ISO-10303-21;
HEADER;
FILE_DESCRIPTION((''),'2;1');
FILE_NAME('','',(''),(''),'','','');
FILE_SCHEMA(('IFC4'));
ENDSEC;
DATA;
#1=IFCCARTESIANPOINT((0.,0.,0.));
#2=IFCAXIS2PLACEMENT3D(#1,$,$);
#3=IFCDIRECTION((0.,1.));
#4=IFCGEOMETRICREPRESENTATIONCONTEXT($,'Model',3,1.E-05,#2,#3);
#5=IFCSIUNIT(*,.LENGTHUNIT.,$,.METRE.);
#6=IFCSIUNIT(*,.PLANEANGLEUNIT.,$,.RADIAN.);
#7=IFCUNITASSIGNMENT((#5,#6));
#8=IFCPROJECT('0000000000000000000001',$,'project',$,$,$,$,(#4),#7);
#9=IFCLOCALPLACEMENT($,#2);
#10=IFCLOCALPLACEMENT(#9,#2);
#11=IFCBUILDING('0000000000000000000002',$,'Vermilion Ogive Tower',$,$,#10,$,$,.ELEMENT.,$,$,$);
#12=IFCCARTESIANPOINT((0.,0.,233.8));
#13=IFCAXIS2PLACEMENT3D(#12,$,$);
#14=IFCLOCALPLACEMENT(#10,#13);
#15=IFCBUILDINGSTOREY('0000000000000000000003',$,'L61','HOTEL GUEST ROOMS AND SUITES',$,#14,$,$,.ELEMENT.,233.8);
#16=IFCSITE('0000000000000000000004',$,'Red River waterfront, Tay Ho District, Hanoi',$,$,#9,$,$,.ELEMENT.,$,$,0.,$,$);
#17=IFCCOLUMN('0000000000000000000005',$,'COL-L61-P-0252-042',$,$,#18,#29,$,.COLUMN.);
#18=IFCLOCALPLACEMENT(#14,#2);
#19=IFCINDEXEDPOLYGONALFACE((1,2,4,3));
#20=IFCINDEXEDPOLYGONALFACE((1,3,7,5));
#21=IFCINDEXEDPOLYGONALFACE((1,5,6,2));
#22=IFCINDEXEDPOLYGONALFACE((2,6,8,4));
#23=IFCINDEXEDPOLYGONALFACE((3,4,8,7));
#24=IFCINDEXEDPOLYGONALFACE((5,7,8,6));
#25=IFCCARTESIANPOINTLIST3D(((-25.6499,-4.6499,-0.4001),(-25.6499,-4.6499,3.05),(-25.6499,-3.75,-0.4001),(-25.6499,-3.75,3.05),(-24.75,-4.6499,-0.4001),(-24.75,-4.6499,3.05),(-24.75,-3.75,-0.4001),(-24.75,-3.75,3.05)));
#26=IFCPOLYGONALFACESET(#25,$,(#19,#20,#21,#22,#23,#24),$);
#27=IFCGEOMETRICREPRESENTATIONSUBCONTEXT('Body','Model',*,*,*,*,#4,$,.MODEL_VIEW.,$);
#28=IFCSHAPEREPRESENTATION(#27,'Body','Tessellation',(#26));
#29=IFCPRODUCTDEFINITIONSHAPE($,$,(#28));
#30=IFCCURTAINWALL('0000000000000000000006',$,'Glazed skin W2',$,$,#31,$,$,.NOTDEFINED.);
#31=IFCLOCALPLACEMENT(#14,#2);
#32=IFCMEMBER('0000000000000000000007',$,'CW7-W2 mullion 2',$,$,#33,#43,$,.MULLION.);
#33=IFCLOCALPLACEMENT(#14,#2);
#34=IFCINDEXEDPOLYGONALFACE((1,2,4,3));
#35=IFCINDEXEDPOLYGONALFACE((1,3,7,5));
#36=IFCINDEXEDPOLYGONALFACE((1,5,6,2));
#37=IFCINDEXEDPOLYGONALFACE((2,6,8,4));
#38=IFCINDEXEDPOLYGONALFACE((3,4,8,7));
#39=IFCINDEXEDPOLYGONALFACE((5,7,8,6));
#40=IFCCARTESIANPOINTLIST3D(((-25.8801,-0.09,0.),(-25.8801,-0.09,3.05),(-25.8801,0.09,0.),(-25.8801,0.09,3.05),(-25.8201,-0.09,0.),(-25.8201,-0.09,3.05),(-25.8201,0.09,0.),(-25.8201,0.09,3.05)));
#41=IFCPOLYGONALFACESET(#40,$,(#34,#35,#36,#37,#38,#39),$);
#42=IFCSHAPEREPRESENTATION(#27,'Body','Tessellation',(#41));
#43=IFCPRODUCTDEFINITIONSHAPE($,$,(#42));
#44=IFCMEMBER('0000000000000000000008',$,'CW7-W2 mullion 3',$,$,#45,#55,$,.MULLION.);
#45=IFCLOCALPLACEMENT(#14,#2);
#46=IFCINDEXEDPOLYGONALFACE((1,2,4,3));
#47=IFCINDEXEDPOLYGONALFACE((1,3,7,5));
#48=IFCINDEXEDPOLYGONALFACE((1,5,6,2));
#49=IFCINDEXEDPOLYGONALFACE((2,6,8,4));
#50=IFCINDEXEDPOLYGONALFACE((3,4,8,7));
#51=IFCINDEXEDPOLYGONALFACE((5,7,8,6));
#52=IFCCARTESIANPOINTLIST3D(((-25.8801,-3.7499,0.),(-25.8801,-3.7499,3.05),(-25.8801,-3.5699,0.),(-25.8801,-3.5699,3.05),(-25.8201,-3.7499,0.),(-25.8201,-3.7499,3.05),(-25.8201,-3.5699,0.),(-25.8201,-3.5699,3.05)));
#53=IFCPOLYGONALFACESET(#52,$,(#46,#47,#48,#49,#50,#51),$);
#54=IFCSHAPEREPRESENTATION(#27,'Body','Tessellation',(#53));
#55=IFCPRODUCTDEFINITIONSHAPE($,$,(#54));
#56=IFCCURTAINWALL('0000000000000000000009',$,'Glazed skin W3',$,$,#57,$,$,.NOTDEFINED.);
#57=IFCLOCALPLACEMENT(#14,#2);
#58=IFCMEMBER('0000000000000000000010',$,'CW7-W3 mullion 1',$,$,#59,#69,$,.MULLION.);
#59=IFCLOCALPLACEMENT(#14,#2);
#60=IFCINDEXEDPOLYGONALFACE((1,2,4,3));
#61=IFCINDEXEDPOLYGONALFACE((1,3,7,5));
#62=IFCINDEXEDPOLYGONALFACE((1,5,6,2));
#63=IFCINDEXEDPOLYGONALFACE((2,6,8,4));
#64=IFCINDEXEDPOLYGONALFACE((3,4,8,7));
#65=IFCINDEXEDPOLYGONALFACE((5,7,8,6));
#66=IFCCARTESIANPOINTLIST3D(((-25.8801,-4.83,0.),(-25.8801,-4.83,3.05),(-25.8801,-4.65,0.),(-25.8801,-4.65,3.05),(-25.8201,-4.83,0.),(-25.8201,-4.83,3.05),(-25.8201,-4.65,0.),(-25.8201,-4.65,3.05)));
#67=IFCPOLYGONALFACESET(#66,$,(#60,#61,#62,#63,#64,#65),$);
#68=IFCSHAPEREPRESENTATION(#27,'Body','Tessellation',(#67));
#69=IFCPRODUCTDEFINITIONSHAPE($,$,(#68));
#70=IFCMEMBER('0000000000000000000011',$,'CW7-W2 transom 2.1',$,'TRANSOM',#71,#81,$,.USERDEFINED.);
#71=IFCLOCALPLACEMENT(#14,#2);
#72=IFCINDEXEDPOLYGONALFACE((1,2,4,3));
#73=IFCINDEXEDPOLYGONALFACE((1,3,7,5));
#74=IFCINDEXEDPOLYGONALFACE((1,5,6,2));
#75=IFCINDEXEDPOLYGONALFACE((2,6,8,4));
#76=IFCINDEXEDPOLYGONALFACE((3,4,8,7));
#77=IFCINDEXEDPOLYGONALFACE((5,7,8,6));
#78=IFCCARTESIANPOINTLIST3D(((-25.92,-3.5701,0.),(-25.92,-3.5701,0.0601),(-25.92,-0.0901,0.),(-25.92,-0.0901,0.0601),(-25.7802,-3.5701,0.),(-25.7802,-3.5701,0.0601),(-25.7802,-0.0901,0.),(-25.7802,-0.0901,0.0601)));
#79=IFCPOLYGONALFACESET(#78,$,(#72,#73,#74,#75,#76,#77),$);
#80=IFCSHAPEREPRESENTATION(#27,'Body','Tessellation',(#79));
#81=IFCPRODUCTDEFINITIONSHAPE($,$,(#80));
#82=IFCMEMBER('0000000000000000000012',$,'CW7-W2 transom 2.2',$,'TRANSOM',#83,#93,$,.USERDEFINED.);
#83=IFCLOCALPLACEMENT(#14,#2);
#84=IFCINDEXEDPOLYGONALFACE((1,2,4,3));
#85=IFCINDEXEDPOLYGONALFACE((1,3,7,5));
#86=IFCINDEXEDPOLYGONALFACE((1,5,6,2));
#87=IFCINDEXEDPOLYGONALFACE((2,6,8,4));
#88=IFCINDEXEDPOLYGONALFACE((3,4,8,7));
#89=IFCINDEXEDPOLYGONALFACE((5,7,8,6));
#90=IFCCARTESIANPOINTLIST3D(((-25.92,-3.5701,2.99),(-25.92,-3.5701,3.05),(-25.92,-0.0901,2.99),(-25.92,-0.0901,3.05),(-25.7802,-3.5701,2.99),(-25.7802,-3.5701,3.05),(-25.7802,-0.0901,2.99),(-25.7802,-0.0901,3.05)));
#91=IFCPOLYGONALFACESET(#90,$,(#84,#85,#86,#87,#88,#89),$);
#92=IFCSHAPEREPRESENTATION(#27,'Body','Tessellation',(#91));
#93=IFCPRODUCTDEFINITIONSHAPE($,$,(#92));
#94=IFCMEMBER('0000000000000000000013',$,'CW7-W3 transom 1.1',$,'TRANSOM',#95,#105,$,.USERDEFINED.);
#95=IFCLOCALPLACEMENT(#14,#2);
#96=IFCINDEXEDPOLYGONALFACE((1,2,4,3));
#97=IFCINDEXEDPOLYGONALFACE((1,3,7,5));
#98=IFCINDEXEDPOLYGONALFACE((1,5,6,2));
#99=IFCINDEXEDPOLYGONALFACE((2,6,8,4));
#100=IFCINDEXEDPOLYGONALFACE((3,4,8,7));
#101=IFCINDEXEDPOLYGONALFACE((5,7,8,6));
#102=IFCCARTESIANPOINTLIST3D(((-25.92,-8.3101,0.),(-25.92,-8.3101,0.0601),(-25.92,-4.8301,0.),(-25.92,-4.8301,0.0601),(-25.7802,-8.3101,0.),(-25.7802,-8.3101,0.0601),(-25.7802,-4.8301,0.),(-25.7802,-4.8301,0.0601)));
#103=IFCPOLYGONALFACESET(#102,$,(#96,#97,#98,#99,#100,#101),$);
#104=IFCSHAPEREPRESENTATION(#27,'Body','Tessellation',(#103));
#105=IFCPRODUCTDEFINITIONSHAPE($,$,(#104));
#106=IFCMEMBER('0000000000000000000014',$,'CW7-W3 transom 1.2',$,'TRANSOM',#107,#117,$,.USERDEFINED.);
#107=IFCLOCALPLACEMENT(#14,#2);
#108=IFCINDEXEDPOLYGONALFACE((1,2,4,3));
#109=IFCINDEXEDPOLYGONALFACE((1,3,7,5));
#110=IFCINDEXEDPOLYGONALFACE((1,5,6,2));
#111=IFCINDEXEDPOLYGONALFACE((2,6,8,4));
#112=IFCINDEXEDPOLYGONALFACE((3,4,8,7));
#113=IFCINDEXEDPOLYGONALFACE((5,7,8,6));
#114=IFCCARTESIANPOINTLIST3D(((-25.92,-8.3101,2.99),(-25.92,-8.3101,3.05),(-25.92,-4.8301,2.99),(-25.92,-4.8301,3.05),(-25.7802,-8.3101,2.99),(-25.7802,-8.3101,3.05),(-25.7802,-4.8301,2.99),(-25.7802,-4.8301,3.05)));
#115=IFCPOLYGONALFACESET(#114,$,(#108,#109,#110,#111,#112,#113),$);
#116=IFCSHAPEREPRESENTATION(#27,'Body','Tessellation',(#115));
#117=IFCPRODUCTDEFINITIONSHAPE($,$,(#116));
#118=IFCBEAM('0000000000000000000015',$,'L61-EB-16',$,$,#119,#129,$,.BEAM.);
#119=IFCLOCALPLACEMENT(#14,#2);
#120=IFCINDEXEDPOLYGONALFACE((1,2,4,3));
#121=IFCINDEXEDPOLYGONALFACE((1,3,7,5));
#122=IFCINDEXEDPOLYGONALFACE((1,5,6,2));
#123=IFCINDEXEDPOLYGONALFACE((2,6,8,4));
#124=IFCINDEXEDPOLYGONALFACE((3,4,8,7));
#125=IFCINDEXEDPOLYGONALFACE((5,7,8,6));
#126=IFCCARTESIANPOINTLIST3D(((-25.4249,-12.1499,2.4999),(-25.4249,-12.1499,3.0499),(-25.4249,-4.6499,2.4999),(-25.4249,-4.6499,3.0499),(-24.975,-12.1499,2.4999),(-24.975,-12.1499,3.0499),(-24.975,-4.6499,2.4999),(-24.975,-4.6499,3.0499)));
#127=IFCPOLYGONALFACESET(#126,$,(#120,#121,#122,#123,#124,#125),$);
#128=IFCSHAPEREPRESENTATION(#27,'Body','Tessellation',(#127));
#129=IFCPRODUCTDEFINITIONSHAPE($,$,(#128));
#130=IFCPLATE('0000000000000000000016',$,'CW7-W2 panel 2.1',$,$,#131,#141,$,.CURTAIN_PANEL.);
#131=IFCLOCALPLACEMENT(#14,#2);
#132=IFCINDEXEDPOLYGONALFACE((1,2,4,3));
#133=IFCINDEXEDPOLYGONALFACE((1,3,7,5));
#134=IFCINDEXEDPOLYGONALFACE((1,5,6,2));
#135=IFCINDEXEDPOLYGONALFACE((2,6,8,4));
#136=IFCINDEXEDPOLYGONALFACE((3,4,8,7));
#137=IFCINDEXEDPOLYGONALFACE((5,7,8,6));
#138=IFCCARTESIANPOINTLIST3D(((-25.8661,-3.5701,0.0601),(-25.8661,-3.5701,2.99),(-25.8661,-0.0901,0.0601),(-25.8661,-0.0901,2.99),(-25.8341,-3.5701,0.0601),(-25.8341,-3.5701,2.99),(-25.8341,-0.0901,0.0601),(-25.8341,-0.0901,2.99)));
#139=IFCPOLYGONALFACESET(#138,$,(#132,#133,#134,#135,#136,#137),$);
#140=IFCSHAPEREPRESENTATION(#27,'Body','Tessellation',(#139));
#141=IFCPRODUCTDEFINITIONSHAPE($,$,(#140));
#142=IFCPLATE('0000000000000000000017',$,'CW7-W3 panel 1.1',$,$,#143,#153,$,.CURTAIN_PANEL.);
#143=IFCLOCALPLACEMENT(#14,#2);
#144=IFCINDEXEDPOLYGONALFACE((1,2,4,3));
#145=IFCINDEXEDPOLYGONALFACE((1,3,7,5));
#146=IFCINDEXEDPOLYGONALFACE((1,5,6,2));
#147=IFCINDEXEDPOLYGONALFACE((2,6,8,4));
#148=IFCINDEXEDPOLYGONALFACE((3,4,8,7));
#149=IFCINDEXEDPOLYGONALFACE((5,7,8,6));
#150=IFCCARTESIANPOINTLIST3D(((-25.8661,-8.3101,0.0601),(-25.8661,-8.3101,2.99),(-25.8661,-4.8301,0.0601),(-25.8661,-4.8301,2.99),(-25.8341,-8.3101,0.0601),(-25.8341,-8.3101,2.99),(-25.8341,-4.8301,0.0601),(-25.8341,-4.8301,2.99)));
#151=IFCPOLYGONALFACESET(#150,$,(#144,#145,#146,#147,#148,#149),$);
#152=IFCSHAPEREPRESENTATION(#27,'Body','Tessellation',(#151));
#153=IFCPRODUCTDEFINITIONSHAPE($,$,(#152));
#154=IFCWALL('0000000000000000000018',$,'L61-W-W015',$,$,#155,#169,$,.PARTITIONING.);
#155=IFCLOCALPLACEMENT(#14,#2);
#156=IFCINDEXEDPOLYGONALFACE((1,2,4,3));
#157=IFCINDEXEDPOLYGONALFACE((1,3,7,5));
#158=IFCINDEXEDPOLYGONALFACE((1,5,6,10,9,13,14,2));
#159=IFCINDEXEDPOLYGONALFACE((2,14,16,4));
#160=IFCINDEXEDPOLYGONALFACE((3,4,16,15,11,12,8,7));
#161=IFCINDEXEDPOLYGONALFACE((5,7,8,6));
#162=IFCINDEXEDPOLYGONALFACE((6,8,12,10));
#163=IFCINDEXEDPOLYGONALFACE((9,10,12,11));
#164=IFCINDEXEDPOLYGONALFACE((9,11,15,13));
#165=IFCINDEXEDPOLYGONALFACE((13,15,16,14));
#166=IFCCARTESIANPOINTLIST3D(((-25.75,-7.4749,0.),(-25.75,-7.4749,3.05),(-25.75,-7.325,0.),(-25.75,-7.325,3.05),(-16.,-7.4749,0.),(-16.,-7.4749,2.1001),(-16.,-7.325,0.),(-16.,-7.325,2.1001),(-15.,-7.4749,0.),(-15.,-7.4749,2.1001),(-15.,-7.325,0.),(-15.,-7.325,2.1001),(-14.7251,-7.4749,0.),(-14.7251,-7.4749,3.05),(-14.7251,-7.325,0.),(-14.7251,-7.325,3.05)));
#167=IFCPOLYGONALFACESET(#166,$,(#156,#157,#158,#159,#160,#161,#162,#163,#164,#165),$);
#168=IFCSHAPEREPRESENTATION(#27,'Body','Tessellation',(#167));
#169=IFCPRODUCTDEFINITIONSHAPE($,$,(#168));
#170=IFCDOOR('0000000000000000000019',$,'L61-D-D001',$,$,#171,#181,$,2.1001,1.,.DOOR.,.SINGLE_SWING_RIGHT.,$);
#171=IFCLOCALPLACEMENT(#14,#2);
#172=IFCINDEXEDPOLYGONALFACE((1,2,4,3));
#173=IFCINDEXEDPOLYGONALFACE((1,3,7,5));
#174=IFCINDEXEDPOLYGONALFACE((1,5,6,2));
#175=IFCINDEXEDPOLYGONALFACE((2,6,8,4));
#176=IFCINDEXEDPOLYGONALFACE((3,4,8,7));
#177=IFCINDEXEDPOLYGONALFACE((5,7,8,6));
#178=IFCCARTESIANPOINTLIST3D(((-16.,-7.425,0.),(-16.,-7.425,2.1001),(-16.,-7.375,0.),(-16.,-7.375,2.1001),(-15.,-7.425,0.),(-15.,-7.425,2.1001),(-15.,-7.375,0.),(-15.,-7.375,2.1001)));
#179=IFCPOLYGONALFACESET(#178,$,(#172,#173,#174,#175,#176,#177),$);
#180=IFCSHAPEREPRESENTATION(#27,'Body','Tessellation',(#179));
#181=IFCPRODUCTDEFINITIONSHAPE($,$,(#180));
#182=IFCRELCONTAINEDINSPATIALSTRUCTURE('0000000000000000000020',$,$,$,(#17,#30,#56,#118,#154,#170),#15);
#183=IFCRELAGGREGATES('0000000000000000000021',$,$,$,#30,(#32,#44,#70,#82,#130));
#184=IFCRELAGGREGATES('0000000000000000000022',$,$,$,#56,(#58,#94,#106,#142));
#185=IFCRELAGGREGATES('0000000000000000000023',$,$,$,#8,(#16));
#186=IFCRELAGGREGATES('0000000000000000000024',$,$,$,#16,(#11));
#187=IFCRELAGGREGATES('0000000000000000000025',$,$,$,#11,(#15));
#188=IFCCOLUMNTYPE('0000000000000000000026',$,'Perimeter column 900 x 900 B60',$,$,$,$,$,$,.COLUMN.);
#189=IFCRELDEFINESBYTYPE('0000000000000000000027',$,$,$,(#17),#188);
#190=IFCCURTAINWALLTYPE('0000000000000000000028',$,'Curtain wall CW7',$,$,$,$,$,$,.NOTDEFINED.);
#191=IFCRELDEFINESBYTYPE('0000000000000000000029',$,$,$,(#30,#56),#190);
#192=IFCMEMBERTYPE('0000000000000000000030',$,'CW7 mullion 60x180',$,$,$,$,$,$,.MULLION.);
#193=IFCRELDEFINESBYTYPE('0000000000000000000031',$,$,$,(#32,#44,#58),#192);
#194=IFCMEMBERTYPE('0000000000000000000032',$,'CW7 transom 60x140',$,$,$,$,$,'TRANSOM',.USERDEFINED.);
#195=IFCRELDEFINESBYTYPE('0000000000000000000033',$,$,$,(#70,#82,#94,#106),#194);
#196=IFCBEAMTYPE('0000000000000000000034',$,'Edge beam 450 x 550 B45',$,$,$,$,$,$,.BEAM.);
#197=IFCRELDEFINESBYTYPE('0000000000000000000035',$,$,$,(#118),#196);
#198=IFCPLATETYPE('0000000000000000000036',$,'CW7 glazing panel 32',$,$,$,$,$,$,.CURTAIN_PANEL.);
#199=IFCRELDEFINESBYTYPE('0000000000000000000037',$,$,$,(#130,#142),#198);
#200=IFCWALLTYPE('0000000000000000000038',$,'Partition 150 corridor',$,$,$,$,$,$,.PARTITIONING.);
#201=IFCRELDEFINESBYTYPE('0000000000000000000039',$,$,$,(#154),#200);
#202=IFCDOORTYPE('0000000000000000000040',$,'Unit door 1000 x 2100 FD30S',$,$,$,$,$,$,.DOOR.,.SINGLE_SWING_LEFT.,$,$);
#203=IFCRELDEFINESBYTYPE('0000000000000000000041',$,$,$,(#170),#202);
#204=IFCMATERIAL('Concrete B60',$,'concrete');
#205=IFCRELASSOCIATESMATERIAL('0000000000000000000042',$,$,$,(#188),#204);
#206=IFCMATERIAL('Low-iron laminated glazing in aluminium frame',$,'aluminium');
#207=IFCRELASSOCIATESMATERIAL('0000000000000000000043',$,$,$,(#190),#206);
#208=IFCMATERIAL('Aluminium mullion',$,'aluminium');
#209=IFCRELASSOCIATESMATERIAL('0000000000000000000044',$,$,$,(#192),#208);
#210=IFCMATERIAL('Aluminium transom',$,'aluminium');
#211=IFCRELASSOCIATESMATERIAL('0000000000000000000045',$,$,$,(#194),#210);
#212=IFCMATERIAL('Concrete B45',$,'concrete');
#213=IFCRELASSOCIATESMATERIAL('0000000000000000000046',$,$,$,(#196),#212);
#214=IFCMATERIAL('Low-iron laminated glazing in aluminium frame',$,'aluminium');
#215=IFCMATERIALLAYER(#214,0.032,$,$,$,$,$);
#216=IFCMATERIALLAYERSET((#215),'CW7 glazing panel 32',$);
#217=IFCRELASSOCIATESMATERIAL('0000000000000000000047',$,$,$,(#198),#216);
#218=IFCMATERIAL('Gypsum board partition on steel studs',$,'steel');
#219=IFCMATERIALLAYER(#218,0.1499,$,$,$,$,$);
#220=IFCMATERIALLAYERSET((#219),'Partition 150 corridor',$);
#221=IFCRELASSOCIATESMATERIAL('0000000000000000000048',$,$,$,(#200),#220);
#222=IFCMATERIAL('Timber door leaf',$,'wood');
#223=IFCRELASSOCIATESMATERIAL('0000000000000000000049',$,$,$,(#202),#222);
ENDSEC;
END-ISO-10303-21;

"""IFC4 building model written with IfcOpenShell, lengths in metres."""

from ifc_helpers import new_model, si_unit, direction, frame, frame_2d, origin, origin_2d, place, context, subcontext, project, spatial, rectangle, extrude, material, layer, layer_set, material_profile, profile_set, type_object, element, fill, aggregate, save


model = new_model("IFC4")

# Units and contexts
model_context = context("Model", 3, precision=1e-05, world=origin(), true_north=direction((0.0, 1.0)))
body_context = subcontext(model_context, "Body", "Model", "MODEL_VIEW")
ifc_project = project(units=[si_unit("LENGTHUNIT", "METRE"), si_unit("PLANEANGLEUNIT", "RADIAN")], contexts=[model_context])

# Site, building, storey
site_placement = place(None, origin())
site = spatial("IfcSite", under=ifc_project, at=site_placement, Name="Red River waterfront, Tay Ho District, Hanoi", CompositionType="ELEMENT", RefElevation=0.0)
building_placement = place(site_placement, origin())
building = spatial("IfcBuilding", under=site, at=building_placement, Name="Vermilion Ogive Tower", CompositionType="ELEMENT")
storey_placement = place(building_placement, frame((0.0, 0.0, 233.8)))
storey = spatial("IfcBuildingStorey", under=building, at=storey_placement, Name="L61", Description="HOTEL GUEST ROOMS AND SUITES", CompositionType="ELEMENT", Elevation=233.8)

# Column
ifc_material_1 = material(Name="Concrete B60", Category="concrete")
ifc_material_profile_1 = material_profile(ifc_material_1, rectangle(XDim=0.8999, YDim=0.8999, at=origin_2d()), Name="900 x 900")
ifc_profile_set_1 = profile_set([ifc_material_profile_1], Name="Concrete B60")
column_type = type_object("IfcColumnType", Name="Perimeter column 900 x 900 B60", PredefinedType="COLUMN", material=ifc_profile_set_1)
column_placement = place(storey_placement, frame((-25.2, -4.2, -0.4001), z_axis=(0.0, 0.0, 1.0), x_axis=(1.0, 0.0, 0.0)))
element("IfcColumn", 1, at=column_placement, inside=storey, type_object=column_type, Name="COL-L61-P-0252-042", PredefinedType="COLUMN", context=body_context, shape_type="SweptSolid", body=[
    extrude(rectangle(XDim=0.8999, YDim=0.8999, at=origin_2d()), origin(), (0.0, 0.0, 1.0), 3.4502),
])

# Curtain wall, members
ifc_material_2 = material(Name="Low-iron laminated glazing in aluminium frame", Category="aluminium")
curtain_wall_type = type_object("IfcCurtainWallType", Name="Curtain wall CW7", PredefinedType="NOTDEFINED", material=ifc_material_2)
curtain_wall_1_placement = place(storey_placement, origin())
curtain_wall_1 = element("IfcCurtainWall", 2, at=curtain_wall_1_placement, inside=storey, type_object=curtain_wall_type, Name="Glazed skin W2", PredefinedType="NOTDEFINED")
ifc_material_3 = material(Name="Aluminium mullion", Category="aluminium")
ifc_material_profile_2 = material_profile(ifc_material_3, rectangle(XDim=0.0601, YDim=0.1799, at=origin_2d()), Name="AL 60x180")
ifc_profile_set_2 = profile_set([ifc_material_profile_2], Name="Aluminium mullion")
member_type_1 = type_object("IfcMemberType", Name="CW7 mullion 60x180", PredefinedType="MULLION", material=ifc_profile_set_2)
member_1_placement = place(storey_placement, frame((-25.8501, 0.0, 0.0), z_axis=(0.0, 0.0, 1.0), x_axis=(1.0, 0.0, 0.0)))
member_1 = element("IfcMember", 3, at=member_1_placement, type_object=member_type_1, Name="CW7-W2 mullion 2", PredefinedType="MULLION", context=body_context, shape_type="SweptSolid", body=[
    extrude(rectangle(XDim=0.0601, YDim=0.1799, at=origin_2d()), origin(), (0.0, 0.0, 1.0), 3.05),
])
member_2_placement = place(storey_placement, frame((-25.8501, -3.6599, 0.0), z_axis=(0.0, 0.0, 1.0), x_axis=(1.0, 0.0, 0.0)))
member_2 = element("IfcMember", 4, at=member_2_placement, type_object=member_type_1, Name="CW7-W2 mullion 3", PredefinedType="MULLION", context=body_context, shape_type="SweptSolid", body=[
    extrude(rectangle(XDim=0.0601, YDim=0.1799, at=origin_2d()), origin(), (0.0, 0.0, 1.0), 3.05),
])

# Curtain wall, member
curtain_wall_2_placement = place(storey_placement, origin())
curtain_wall_2 = element("IfcCurtainWall", 5, at=curtain_wall_2_placement, inside=storey, type_object=curtain_wall_type, Name="Glazed skin W3", PredefinedType="NOTDEFINED")
member_3_placement = place(storey_placement, frame((-25.8501, -4.74, 0.0), z_axis=(0.0, 0.0, 1.0), x_axis=(1.0, 0.0, 0.0)))
member_3 = element("IfcMember", 6, at=member_3_placement, type_object=member_type_1, Name="CW7-W3 mullion 1", PredefinedType="MULLION", context=body_context, shape_type="SweptSolid", body=[
    extrude(rectangle(XDim=0.0601, YDim=0.1799, at=origin_2d()), origin(), (0.0, 0.0, 1.0), 3.05),
])

# Members
ifc_material_4 = material(Name="Aluminium transom", Category="aluminium")
ifc_material_profile_3 = material_profile(ifc_material_4, rectangle(XDim=0.1399, YDim=0.0601, at=origin_2d()), Name="AL 60x140")
ifc_profile_set_3 = profile_set([ifc_material_profile_3], Name="Aluminium transom")
member_type_2 = type_object("IfcMemberType", Name="CW7 transom 60x140", ElementType="TRANSOM", PredefinedType="USERDEFINED", material=ifc_profile_set_3)
member_4_placement = place(storey_placement, frame((-25.8501, -0.0901, 0.03), z_axis=(0.0, -1.0, 0.0), x_axis=(1.0, 0.0, 0.0)))
member_4 = element("IfcMember", 7, at=member_4_placement, type_object=member_type_2, Name="CW7-W2 transom 2.1", ObjectType="TRANSOM", PredefinedType="USERDEFINED", context=body_context, shape_type="SweptSolid", body=[
    extrude(rectangle(XDim=0.1399, YDim=0.0601, at=origin_2d()), origin(), (0.0, 0.0, 1.0), 3.48),
])
member_5_placement = place(storey_placement, frame((-25.8501, -0.0901, 3.02), z_axis=(0.0, -1.0, 0.0), x_axis=(1.0, 0.0, 0.0)))
member_5 = element("IfcMember", 8, at=member_5_placement, type_object=member_type_2, Name="CW7-W2 transom 2.2", ObjectType="TRANSOM", PredefinedType="USERDEFINED", context=body_context, shape_type="SweptSolid", body=[
    extrude(rectangle(XDim=0.1399, YDim=0.0601, at=origin_2d()), origin(), (0.0, 0.0, 1.0), 3.48),
])
member_6_placement = place(storey_placement, frame((-25.8501, -4.8301, 0.03), z_axis=(0.0, -1.0, 0.0), x_axis=(1.0, 0.0, 0.0)))
member_6 = element("IfcMember", 9, at=member_6_placement, type_object=member_type_2, Name="CW7-W3 transom 1.1", ObjectType="TRANSOM", PredefinedType="USERDEFINED", context=body_context, shape_type="SweptSolid", body=[
    extrude(rectangle(XDim=0.1399, YDim=0.0601, at=origin_2d()), origin(), (0.0, 0.0, 1.0), 3.48),
])
member_7_placement = place(storey_placement, frame((-25.8501, -4.8301, 3.02), z_axis=(0.0, -1.0, 0.0), x_axis=(1.0, 0.0, 0.0)))
member_7 = element("IfcMember", 10, at=member_7_placement, type_object=member_type_2, Name="CW7-W3 transom 1.2", ObjectType="TRANSOM", PredefinedType="USERDEFINED", context=body_context, shape_type="SweptSolid", body=[
    extrude(rectangle(XDim=0.1399, YDim=0.0601, at=origin_2d()), origin(), (0.0, 0.0, 1.0), 3.48),
])

# Beam
ifc_material_5 = material(Name="Concrete B45", Category="concrete")
ifc_material_profile_4 = material_profile(ifc_material_5, rectangle(XDim=0.45, YDim=0.55, at=origin_2d()), Name="450 x 550")
ifc_profile_set_4 = profile_set([ifc_material_profile_4], Name="Concrete B45")
beam_type = type_object("IfcBeamType", Name="Edge beam 450 x 550 B45", PredefinedType="BEAM", material=ifc_profile_set_4)
beam_placement = place(storey_placement, frame((-25.2, -4.6499, 2.7749), z_axis=(0.0, -1.0, 0.0), x_axis=(1.0, 0.0, 0.0)))
element("IfcBeam", 11, at=beam_placement, inside=storey, type_object=beam_type, Name="L61-EB-16", PredefinedType="BEAM", context=body_context, shape_type="SweptSolid", body=[
    extrude(rectangle(XDim=0.45, YDim=0.55, at=origin_2d()), origin(), (0.0, 0.0, 1.0), 7.5),
])

# Plates
ifc_material_6 = material(Name="Low-iron laminated glazing in aluminium frame", Category="aluminium")
ifc_layer_1 = layer(ifc_material_6, 0.032)
ifc_layer_set_1 = layer_set([ifc_layer_1], Name="CW7 glazing panel 32")
plate_type = type_object("IfcPlateType", Name="CW7 glazing panel 32", PredefinedType="CURTAIN_PANEL", material=ifc_layer_set_1)
plate_1_placement = place(storey_placement, frame((-25.8501, -1.8301, 0.0601), z_axis=(0.0, 0.0, 1.0), x_axis=(0.0, -1.0, 0.0)))
plate_1 = element("IfcPlate", 12, at=plate_1_placement, type_object=plate_type, Name="CW7-W2 panel 2.1", PredefinedType="CURTAIN_PANEL", context=body_context, shape_type="SweptSolid", body=[
    extrude(rectangle(XDim=3.48, YDim=0.032, at=origin_2d()), origin(), (0.0, 0.0, 1.0), 2.9299),
])
aggregate(curtain_wall_1, [member_1, member_2, member_4, member_5, plate_1])
plate_2_placement = place(storey_placement, frame((-25.8501, -6.5701, 0.0601), z_axis=(0.0, 0.0, 1.0), x_axis=(0.0, -1.0, 0.0)))
plate_2 = element("IfcPlate", 13, at=plate_2_placement, type_object=plate_type, Name="CW7-W3 panel 1.1", PredefinedType="CURTAIN_PANEL", context=body_context, shape_type="SweptSolid", body=[
    extrude(rectangle(XDim=3.48, YDim=0.032, at=origin_2d()), origin(), (0.0, 0.0, 1.0), 2.9299),
])
aggregate(curtain_wall_2, [member_3, member_6, member_7, plate_2])

# Wall, opening, door
ifc_material_7 = material(Name="Gypsum board partition on steel studs", Category="steel")
ifc_layer_2 = layer(ifc_material_7, 0.1499)
ifc_layer_set_2 = layer_set([ifc_layer_2], Name="Partition 150 corridor")
wall_type = type_object("IfcWallType", Name="Partition 150 corridor", PredefinedType="PARTITIONING", material=ifc_layer_set_2)
wall_1_placement = place(storey_placement, frame((-25.75, -7.3999, 0.0), z_axis=(0.0, 0.0, 1.0), x_axis=(1.0, 0.0, 0.0)))
wall_1 = element("IfcWall", 14, at=wall_1_placement, inside=storey, type_object=wall_type, Name="L61-W-W015", PredefinedType="PARTITIONING", context=body_context, shape_type="SweptSolid", body=[
    extrude(rectangle(XDim=11.0249, YDim=0.1499, at=frame_2d((5.5125, 0.0))), origin(), (0.0, 0.0, 1.0), 3.05),
])
opening_placement = place(wall_1_placement, frame((9.75, 0.0, 0.0)))
opening = element("IfcOpeningElement", 15, at=opening_placement, cuts=wall_1, PredefinedType="OPENING", context=body_context, shape_type="SweptSolid", body=[
    extrude(rectangle(XDim=1.0, YDim=2.1001, at=frame_2d((0.5, 1.05))), frame((0.0, 0.085, 0.0), z_axis=(0.0, -1.0, 0.0), x_axis=(1.0, 0.0, 0.0)), (0.0, 0.0, 1.0), 0.1699),
])
ifc_material_8 = material(Name="Timber door leaf", Category="wood")
door_type = type_object("IfcDoorType", Name="Unit door 1000 x 2100 FD30S", OperationType="SINGLE_SWING_LEFT", PredefinedType="DOOR", material=ifc_material_8)
door_placement = place(opening_placement, origin())
door = element("IfcDoor", 16, at=door_placement, inside=storey, type_object=door_type, Name="L61-D-D001", OperationType="SINGLE_SWING_RIGHT", OverallHeight=2.1001, OverallWidth=1.0, PredefinedType="DOOR", context=body_context, shape_type="SweptSolid", body=[
    extrude(rectangle(XDim=1.0, YDim=2.1001, at=frame_2d((0.5, 1.05))), frame((0.0, 0.0249, 0.0), z_axis=(0.0, -1.0, 0.0), x_axis=(1.0, 0.0, 0.0)), (0.0, 0.0, 1.0), 0.05),
])
fill(opening, door)

save(model, "model.ifc")
